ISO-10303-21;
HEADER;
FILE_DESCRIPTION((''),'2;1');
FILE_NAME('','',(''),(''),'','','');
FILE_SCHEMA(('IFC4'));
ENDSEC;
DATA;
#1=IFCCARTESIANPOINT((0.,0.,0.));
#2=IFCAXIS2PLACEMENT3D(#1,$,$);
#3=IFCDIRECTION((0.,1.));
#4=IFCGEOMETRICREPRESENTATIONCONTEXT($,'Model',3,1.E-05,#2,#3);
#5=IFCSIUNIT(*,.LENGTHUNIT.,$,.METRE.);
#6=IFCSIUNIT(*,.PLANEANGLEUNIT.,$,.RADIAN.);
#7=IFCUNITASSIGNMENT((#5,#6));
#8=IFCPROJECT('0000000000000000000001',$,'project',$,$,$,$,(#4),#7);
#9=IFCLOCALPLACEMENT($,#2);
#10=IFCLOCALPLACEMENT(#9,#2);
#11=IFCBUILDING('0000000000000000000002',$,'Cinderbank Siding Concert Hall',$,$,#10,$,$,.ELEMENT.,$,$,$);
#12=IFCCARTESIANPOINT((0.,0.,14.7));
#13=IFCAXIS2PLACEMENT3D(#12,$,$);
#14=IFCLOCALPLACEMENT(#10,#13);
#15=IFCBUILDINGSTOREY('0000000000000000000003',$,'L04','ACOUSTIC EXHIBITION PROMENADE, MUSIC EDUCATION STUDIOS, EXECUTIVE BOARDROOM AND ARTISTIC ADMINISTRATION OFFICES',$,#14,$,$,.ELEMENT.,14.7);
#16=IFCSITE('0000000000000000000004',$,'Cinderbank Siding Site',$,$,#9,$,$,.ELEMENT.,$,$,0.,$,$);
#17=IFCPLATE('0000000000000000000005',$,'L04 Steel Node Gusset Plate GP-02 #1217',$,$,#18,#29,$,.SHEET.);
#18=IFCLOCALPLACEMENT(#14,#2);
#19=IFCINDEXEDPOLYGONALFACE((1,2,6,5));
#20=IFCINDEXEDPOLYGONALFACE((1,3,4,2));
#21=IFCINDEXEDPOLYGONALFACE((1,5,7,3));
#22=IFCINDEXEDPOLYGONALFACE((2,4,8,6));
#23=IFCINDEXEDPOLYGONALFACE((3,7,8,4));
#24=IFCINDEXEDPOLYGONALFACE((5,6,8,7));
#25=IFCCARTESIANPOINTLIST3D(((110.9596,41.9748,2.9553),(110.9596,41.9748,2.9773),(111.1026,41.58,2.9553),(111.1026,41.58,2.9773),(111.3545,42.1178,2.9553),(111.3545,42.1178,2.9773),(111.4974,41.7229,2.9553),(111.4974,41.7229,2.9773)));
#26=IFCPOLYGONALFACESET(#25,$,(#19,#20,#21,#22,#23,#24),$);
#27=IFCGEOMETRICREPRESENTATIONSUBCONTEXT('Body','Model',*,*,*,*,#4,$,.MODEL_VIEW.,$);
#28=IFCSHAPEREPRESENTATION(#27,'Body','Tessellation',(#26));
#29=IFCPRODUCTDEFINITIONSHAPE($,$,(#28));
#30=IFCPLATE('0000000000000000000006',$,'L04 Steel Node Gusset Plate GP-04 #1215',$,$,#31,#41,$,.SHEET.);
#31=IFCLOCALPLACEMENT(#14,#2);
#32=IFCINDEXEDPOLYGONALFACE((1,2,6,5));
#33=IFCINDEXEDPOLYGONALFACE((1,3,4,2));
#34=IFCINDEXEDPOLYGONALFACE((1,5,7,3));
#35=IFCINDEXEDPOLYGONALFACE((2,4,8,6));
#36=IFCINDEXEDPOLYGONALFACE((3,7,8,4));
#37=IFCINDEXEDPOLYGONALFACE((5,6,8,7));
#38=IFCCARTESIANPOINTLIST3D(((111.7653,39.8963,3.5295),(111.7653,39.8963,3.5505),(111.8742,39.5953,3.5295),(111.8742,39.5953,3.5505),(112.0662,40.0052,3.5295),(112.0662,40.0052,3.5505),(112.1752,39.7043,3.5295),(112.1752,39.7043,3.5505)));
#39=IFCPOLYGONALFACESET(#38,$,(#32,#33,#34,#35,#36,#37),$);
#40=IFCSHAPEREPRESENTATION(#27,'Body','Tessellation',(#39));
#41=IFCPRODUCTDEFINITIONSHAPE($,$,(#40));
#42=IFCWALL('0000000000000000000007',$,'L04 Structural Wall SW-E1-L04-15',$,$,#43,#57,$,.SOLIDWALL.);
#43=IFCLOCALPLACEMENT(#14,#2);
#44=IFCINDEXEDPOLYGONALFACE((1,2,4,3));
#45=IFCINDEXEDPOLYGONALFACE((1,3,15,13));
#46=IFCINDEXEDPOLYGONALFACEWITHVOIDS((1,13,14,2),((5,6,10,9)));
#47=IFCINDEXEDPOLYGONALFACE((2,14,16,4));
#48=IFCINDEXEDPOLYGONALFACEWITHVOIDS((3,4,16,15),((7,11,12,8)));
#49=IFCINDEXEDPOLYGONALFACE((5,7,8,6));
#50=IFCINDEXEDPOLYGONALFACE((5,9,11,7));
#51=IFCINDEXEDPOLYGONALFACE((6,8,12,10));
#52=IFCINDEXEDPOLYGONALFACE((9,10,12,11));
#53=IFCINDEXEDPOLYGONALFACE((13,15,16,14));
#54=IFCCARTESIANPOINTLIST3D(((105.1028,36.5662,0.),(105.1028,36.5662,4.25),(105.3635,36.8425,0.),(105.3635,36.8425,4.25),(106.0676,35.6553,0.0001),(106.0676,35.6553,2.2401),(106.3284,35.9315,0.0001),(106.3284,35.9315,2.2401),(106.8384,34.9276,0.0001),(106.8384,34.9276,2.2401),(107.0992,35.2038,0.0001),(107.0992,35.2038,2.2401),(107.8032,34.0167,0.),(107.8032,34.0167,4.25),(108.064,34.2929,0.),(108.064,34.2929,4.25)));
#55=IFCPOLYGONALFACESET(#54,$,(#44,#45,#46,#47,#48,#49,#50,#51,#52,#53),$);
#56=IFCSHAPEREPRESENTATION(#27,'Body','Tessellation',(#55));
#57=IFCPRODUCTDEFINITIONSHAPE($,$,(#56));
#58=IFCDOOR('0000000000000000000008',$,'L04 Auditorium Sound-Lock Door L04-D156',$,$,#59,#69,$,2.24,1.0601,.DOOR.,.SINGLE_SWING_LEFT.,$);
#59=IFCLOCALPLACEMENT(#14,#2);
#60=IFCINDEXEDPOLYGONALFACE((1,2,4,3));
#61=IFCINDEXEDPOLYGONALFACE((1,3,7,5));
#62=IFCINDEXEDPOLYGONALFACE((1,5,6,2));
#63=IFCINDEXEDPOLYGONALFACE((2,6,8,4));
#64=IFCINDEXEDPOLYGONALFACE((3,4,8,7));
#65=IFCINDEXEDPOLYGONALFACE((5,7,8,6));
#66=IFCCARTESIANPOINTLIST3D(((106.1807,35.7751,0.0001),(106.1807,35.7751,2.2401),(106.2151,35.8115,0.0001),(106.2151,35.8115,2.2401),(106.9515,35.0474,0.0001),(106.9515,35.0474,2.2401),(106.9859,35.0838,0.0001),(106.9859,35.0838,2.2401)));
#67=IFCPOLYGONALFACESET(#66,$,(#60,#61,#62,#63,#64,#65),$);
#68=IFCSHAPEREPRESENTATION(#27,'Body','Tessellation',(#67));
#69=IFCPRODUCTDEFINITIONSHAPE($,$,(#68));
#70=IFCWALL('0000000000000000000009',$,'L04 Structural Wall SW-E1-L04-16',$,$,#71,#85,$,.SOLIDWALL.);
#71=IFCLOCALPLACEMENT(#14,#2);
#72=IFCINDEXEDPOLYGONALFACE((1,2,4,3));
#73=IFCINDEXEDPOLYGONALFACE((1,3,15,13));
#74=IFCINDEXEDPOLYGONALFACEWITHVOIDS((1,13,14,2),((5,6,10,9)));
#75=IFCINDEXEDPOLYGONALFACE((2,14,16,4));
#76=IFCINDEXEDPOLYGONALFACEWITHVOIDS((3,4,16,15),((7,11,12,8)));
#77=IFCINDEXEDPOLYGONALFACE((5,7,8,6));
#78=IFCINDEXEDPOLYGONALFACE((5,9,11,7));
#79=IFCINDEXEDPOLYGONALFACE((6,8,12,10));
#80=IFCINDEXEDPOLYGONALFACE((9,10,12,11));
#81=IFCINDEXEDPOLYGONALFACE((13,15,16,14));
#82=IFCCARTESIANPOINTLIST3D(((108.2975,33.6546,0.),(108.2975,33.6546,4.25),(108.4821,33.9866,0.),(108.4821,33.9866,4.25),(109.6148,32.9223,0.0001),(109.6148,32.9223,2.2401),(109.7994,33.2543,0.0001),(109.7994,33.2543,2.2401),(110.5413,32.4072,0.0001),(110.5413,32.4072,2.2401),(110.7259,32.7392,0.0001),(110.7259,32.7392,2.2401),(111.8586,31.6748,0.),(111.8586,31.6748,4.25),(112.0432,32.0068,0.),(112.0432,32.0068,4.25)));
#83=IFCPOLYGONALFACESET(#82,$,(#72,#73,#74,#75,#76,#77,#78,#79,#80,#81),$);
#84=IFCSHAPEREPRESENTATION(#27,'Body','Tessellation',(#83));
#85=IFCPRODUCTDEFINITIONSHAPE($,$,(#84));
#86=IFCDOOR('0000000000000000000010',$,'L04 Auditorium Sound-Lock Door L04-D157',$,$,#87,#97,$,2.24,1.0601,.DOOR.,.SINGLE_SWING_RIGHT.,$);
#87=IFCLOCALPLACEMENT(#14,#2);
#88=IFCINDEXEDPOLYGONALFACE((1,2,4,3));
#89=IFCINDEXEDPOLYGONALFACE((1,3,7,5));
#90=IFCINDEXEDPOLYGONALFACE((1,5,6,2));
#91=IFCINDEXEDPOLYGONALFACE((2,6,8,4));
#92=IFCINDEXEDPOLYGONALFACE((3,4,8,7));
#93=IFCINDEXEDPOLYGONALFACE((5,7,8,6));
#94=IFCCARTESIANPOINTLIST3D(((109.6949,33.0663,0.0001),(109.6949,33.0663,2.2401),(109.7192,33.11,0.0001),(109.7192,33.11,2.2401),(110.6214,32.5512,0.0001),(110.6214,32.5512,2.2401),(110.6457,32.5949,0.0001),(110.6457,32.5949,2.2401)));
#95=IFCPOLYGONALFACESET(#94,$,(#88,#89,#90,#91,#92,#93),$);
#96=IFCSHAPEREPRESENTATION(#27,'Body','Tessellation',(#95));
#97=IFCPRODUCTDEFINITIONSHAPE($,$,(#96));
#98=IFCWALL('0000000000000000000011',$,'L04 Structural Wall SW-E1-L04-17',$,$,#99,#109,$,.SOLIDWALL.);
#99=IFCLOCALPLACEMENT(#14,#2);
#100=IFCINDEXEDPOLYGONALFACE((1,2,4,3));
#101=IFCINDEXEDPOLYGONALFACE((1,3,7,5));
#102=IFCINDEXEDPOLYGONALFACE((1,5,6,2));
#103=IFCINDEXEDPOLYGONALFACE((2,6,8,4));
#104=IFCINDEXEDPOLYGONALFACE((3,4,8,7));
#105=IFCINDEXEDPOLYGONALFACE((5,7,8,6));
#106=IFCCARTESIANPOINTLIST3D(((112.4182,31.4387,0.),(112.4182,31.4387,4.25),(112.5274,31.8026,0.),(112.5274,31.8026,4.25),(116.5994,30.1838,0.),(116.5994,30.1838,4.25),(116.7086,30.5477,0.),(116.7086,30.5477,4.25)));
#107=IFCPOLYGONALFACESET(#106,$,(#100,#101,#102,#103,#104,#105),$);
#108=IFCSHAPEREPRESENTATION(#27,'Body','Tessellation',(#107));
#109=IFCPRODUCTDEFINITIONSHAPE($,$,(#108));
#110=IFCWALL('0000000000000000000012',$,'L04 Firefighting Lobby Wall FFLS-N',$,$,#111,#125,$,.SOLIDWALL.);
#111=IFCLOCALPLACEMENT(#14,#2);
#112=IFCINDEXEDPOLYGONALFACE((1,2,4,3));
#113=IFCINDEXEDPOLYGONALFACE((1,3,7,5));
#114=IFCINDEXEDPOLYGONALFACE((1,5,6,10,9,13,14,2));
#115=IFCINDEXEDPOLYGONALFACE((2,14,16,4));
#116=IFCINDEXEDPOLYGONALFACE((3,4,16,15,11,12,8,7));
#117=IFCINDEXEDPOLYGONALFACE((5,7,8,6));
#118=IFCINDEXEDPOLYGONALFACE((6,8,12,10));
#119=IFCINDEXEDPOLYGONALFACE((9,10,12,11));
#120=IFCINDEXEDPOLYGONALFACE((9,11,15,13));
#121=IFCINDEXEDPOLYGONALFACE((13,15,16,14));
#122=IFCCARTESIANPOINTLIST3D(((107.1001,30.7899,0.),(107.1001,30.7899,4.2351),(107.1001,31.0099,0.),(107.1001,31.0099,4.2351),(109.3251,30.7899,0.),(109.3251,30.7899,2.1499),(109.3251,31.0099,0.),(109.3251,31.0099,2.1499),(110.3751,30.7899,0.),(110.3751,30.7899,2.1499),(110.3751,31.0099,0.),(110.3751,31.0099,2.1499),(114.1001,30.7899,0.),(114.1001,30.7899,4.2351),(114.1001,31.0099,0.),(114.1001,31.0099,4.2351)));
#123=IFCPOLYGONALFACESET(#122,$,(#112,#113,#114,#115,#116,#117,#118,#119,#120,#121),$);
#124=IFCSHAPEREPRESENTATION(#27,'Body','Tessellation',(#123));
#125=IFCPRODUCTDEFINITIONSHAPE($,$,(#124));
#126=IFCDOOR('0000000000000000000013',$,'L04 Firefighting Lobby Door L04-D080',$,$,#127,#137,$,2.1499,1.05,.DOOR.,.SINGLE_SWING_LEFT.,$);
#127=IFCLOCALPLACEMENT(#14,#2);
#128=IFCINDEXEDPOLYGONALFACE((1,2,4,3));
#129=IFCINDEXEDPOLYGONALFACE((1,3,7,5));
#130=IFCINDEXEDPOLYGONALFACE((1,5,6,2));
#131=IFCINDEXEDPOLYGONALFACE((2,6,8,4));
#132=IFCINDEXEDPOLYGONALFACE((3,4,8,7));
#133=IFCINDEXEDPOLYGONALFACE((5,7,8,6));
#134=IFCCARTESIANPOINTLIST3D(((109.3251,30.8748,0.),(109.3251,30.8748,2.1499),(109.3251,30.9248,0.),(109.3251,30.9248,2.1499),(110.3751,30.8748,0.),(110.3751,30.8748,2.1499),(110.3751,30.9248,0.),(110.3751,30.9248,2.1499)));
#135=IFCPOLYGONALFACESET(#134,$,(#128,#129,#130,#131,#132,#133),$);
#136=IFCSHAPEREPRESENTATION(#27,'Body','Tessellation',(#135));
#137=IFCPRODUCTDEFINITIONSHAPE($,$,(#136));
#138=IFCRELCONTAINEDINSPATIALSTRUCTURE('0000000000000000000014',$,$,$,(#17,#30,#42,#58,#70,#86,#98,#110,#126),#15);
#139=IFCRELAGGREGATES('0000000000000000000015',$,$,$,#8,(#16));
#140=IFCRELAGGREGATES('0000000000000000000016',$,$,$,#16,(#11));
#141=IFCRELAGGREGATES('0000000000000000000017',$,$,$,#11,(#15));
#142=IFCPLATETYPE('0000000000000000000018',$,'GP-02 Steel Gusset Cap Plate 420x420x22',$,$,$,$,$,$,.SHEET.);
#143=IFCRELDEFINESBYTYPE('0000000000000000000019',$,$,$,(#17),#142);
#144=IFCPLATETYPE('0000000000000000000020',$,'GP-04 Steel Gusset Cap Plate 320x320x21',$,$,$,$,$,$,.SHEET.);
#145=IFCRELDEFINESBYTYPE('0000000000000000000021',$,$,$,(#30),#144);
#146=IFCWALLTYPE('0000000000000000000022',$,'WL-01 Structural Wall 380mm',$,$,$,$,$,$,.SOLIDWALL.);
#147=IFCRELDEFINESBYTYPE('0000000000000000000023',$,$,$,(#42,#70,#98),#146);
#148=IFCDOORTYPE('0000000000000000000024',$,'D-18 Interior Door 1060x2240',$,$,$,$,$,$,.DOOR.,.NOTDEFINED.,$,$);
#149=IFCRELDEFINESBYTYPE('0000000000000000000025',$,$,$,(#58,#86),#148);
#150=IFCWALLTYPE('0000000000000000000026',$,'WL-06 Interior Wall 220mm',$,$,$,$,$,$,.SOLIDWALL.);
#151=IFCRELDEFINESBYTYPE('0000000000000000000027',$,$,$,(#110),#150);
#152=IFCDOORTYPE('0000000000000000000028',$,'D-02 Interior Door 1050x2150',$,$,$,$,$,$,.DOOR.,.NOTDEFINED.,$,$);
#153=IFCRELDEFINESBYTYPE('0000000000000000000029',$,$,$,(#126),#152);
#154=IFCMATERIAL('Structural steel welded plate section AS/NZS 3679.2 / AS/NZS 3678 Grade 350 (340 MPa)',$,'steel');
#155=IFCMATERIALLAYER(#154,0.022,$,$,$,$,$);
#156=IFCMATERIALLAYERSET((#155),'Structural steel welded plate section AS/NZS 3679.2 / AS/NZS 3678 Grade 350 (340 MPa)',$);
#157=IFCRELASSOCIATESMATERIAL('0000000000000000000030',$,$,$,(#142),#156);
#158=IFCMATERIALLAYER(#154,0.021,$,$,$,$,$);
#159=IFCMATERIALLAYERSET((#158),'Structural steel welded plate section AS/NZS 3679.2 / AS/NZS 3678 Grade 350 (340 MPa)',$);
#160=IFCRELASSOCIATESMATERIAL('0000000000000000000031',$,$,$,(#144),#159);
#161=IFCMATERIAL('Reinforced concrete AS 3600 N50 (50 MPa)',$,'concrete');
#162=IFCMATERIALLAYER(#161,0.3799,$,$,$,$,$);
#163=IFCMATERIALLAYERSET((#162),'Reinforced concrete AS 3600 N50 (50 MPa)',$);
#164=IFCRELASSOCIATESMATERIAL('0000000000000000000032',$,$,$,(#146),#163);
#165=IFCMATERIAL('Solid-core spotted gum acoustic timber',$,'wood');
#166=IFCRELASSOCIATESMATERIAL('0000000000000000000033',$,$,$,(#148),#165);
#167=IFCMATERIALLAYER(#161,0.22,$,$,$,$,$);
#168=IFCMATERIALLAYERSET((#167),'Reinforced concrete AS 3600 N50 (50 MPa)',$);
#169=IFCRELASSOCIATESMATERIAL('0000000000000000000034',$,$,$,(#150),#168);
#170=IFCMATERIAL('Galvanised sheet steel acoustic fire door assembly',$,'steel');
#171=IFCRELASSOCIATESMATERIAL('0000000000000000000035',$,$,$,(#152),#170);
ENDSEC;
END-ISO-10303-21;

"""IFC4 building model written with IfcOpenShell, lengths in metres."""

from ifc_helpers import new_model, si_unit, direction, frame, frame_2d, origin, origin_2d, place, context, subcontext, project, spatial, rectangle, extrude, material, layer, layer_set, type_object, element, fill, save


model = new_model("IFC4")

# Units and contexts
model_context = context("Model", 3, precision=1e-05, world=origin(), true_north=direction((0.0, 1.0)))
body_context = subcontext(model_context, "Body", "Model", "MODEL_VIEW")
ifc_project = project(units=[si_unit("LENGTHUNIT", "METRE"), si_unit("PLANEANGLEUNIT", "RADIAN")], contexts=[model_context])

# Site, building, storey
site_placement = place(None, origin())
site = spatial("IfcSite", under=ifc_project, at=site_placement, Name="Cinderbank Siding Site", CompositionType="ELEMENT", RefElevation=0.0)
building_placement = place(site_placement, origin())
building = spatial("IfcBuilding", under=site, at=building_placement, Name="Cinderbank Siding Concert Hall", CompositionType="ELEMENT")
storey_placement = place(building_placement, frame((0.0, 0.0, 14.7)))
storey = spatial("IfcBuildingStorey", under=building, at=storey_placement, Name="L04", Description="ACOUSTIC EXHIBITION PROMENADE, MUSIC EDUCATION STUDIOS, EXECUTIVE BOARDROOM AND ARTISTIC ADMINISTRATION OFFICES", CompositionType="ELEMENT", Elevation=14.7)

# Shared definitions
ifc_material_1 = material(Name="Reinforced concrete AS 3600 N50 (50 MPa)", Category="concrete")

# Plates
ifc_material_2 = material(Name="Structural steel welded plate section AS/NZS 3679.2 / AS/NZS 3678 Grade 350 (340 MPa)", Category="steel")
ifc_layer_1 = layer(ifc_material_2, 0.022)
ifc_layer_set_1 = layer_set([ifc_layer_1], Name="Structural steel welded plate section AS/NZS 3679.2 / AS/NZS 3678 Grade 350 (340 MPa)")
plate_type_1 = type_object("IfcPlateType", Name="GP-02 Steel Gusset Cap Plate 420x420x22", PredefinedType="SHEET", material=ifc_layer_set_1)
plate_1_placement = place(storey_placement, frame((111.2285, 41.8489, 2.9553), z_axis=(0.0, 0.0, 1.0), x_axis=(-0.34038, 0.940288, 0.0)))
element("IfcPlate", 1, at=plate_1_placement, inside=storey, type_object=plate_type_1, Name="L04 Steel Node Gusset Plate GP-02 #1217", PredefinedType="SHEET", context=body_context, shape_type="SweptSolid", body=[
    extrude(rectangle(XDim=0.4199, YDim=0.4199, at=origin_2d()), origin(), (0.0, 0.0, 1.0), 0.022),
])
ifc_layer_2 = layer(ifc_material_2, 0.021)
ifc_layer_set_2 = layer_set([ifc_layer_2], Name="Structural steel welded plate section AS/NZS 3679.2 / AS/NZS 3678 Grade 350 (340 MPa)")
plate_type_2 = type_object("IfcPlateType", Name="GP-04 Steel Gusset Cap Plate 320x320x21", PredefinedType="SHEET", material=ifc_layer_set_2)
plate_2_placement = place(storey_placement, frame((111.9702, 39.8003, 3.5295), z_axis=(0.0, 0.0, 1.0), x_axis=(0.34038, -0.940288, 0.0)))
element("IfcPlate", 2, at=plate_2_placement, inside=storey, type_object=plate_type_2, Name="L04 Steel Node Gusset Plate GP-04 #1215", PredefinedType="SHEET", context=body_context, shape_type="SweptSolid", body=[
    extrude(rectangle(XDim=0.3201, YDim=0.3201, at=origin_2d()), origin(), (0.0, 0.0, 1.0), 0.021),
])

# Walls, openings, doors
ifc_layer_3 = layer(ifc_material_1, 0.3799)
ifc_layer_set_3 = layer_set([ifc_layer_3], Name="Reinforced concrete AS 3600 N50 (50 MPa)")
wall_type_1 = type_object("IfcWallType", Name="WL-01 Structural Wall 380mm", PredefinedType="SOLIDWALL", material=ifc_layer_set_3)
wall_1_placement = place(storey_placement, frame((105.2332, 36.7043, 0.0), z_axis=(0.0, 0.0, 1.0), x_axis=(0.727128, -0.686502, 0.0)))
wall_1 = element("IfcWall", 3, at=wall_1_placement, inside=storey, type_object=wall_type_1, Name="L04 Structural Wall SW-E1-L04-15", PredefinedType="SOLIDWALL", context=body_context, shape_type="SweptSolid", body=[
    extrude(rectangle(XDim=3.7139, YDim=0.3799, at=frame_2d((1.8569, 0.0))), origin(), (0.0, 0.0, 1.0), 4.25),
])
opening_1_placement = place(wall_1_placement, frame((1.3269, 0.0, 0.0)))
opening_1 = element("IfcOpeningElement", 4, at=opening_1_placement, cuts=wall_1, PredefinedType="OPENING", context=body_context, shape_type="SweptSolid", body=[
    extrude(rectangle(XDim=1.0601, YDim=2.24, at=frame_2d((0.53, 1.1201))), frame((0.0, 0.2019, 0.0), z_axis=(0.0, -1.0, 0.0), x_axis=(1.0, 0.0, 0.0)), (0.0, 0.0, 1.0), 0.4038),
])
ifc_material_3 = material(Name="Solid-core spotted gum acoustic timber", Category="wood")
door_type_1 = type_object("IfcDoorType", Name="D-18 Interior Door 1060x2240", OperationType="NOTDEFINED", PredefinedType="DOOR", material=ifc_material_3)
door_1_placement = place(opening_1_placement, origin())
door_1 = element("IfcDoor", 5, at=door_1_placement, inside=storey, type_object=door_type_1, Name="L04 Auditorium Sound-Lock Door L04-D156", OperationType="SINGLE_SWING_LEFT", OverallHeight=2.24, OverallWidth=1.0601, PredefinedType="DOOR", context=body_context, shape_type="SweptSolid", body=[
    extrude(rectangle(XDim=1.0601, YDim=2.24, at=frame_2d((0.53, 1.1201))), frame((0.0, 0.0249, 0.0), z_axis=(0.0, -1.0, 0.0), x_axis=(1.0, 0.0, 0.0)), (0.0, 0.0, 1.0), 0.05),
])
fill(opening_1, door_1)
wall_2_placement = place(storey_placement, frame((108.3899, 33.8206, 0.0), z_axis=(0.0, 0.0, 1.0), x_axis=(0.874013, -0.485902, 0.0)))
wall_2 = element("IfcWall", 6, at=wall_2_placement, inside=storey, type_object=wall_type_1, Name="L04 Structural Wall SW-E1-L04-16", PredefinedType="SOLIDWALL", context=body_context, shape_type="SweptSolid", body=[
    extrude(rectangle(XDim=4.0745, YDim=0.3799, at=frame_2d((2.0371, 0.0))), origin(), (0.0, 0.0, 1.0), 4.25),
])
opening_2_placement = place(wall_2_placement, frame((1.5071, 0.0, 0.0)))
opening_2 = element("IfcOpeningElement", 7, at=opening_2_placement, cuts=wall_2, PredefinedType="OPENING", context=body_context, shape_type="SweptSolid", body=[
    extrude(rectangle(XDim=1.0601, YDim=2.24, at=frame_2d((0.53, 1.1201))), frame((0.0, 0.2019, 0.0), z_axis=(0.0, -1.0, 0.0), x_axis=(1.0, 0.0, 0.0)), (0.0, 0.0, 1.0), 0.4038),
])
door_2_placement = place(opening_2_placement, origin())
door_2 = element("IfcDoor", 8, at=door_2_placement, inside=storey, type_object=door_type_1, Name="L04 Auditorium Sound-Lock Door L04-D157", OperationType="SINGLE_SWING_RIGHT", OverallHeight=2.24, OverallWidth=1.0601, PredefinedType="DOOR", context=body_context, shape_type="SweptSolid", body=[
    extrude(rectangle(XDim=1.0601, YDim=2.24, at=frame_2d((0.53, 1.1201))), frame((0.0, 0.0249, 0.0), z_axis=(0.0, -1.0, 0.0), x_axis=(1.0, 0.0, 0.0)), (0.0, 0.0, 1.0), 0.05),
])
fill(opening_2, door_2)

# Wall
wall_3_placement = place(storey_placement, frame((112.4729, 31.6206, 0.0), z_axis=(0.0, 0.0, 1.0), x_axis=(0.957792, -0.287461, 0.0)))
element("IfcWall", 9, at=wall_3_placement, inside=storey, type_object=wall_type_1, Name="L04 Structural Wall SW-E1-L04-17", PredefinedType="SOLIDWALL", context=body_context, shape_type="SweptSolid", body=[
    extrude(rectangle(XDim=4.3655, YDim=0.3799, at=frame_2d((2.1826, 0.0))), origin(), (0.0, 0.0, 1.0), 4.25),
])

# Wall, opening, door
ifc_layer_4 = layer(ifc_material_1, 0.22)
ifc_layer_set_4 = layer_set([ifc_layer_4], Name="Reinforced concrete AS 3600 N50 (50 MPa)")
wall_type_2 = type_object("IfcWallType", Name="WL-06 Interior Wall 220mm", PredefinedType="SOLIDWALL", material=ifc_layer_set_4)
wall_4_placement = place(storey_placement, frame((107.1001, 30.8999, 0.0), z_axis=(0.0, 0.0, 1.0), x_axis=(1.0, 0.0, 0.0)))
wall_4 = element("IfcWall", 10, at=wall_4_placement, inside=storey, type_object=wall_type_2, Name="L04 Firefighting Lobby Wall FFLS-N", PredefinedType="SOLIDWALL", context=body_context, shape_type="SweptSolid", body=[
    extrude(rectangle(XDim=7.0, YDim=0.22, at=frame_2d((3.5, 0.0))), origin(), (0.0, 0.0, 1.0), 4.2351),
])
opening_3_placement = place(wall_4_placement, frame((2.2251, 0.0, 0.0)))
opening_3 = element("IfcOpeningElement", 11, at=opening_3_placement, cuts=wall_4, PredefinedType="OPENING", context=body_context, shape_type="SweptSolid", body=[
    extrude(rectangle(XDim=1.05, YDim=2.1499, at=frame_2d((0.5249, 1.075))), frame((0.0, 0.1221, 0.0), z_axis=(0.0, -1.0, 0.0), x_axis=(1.0, 0.0, 0.0)), (0.0, 0.0, 1.0), 0.2439),
])
ifc_material_4 = material(Name="Galvanised sheet steel acoustic fire door assembly", Category="steel")
door_type_2 = type_object("IfcDoorType", Name="D-02 Interior Door 1050x2150", OperationType="NOTDEFINED", PredefinedType="DOOR", material=ifc_material_4)
door_3_placement = place(opening_3_placement, origin())
door_3 = element("IfcDoor", 12, at=door_3_placement, inside=storey, type_object=door_type_2, Name="L04 Firefighting Lobby Door L04-D080", OperationType="SINGLE_SWING_LEFT", OverallHeight=2.1499, OverallWidth=1.05, PredefinedType="DOOR", context=body_context, shape_type="SweptSolid", body=[
    extrude(rectangle(XDim=1.05, YDim=2.1499, at=frame_2d((0.5249, 1.075))), frame((0.0, 0.0249, 0.0), z_axis=(0.0, -1.0, 0.0), x_axis=(1.0, 0.0, 0.0)), (0.0, 0.0, 1.0), 0.05),
])
fill(opening_3, door_3)

save(model, "model.ifc")
